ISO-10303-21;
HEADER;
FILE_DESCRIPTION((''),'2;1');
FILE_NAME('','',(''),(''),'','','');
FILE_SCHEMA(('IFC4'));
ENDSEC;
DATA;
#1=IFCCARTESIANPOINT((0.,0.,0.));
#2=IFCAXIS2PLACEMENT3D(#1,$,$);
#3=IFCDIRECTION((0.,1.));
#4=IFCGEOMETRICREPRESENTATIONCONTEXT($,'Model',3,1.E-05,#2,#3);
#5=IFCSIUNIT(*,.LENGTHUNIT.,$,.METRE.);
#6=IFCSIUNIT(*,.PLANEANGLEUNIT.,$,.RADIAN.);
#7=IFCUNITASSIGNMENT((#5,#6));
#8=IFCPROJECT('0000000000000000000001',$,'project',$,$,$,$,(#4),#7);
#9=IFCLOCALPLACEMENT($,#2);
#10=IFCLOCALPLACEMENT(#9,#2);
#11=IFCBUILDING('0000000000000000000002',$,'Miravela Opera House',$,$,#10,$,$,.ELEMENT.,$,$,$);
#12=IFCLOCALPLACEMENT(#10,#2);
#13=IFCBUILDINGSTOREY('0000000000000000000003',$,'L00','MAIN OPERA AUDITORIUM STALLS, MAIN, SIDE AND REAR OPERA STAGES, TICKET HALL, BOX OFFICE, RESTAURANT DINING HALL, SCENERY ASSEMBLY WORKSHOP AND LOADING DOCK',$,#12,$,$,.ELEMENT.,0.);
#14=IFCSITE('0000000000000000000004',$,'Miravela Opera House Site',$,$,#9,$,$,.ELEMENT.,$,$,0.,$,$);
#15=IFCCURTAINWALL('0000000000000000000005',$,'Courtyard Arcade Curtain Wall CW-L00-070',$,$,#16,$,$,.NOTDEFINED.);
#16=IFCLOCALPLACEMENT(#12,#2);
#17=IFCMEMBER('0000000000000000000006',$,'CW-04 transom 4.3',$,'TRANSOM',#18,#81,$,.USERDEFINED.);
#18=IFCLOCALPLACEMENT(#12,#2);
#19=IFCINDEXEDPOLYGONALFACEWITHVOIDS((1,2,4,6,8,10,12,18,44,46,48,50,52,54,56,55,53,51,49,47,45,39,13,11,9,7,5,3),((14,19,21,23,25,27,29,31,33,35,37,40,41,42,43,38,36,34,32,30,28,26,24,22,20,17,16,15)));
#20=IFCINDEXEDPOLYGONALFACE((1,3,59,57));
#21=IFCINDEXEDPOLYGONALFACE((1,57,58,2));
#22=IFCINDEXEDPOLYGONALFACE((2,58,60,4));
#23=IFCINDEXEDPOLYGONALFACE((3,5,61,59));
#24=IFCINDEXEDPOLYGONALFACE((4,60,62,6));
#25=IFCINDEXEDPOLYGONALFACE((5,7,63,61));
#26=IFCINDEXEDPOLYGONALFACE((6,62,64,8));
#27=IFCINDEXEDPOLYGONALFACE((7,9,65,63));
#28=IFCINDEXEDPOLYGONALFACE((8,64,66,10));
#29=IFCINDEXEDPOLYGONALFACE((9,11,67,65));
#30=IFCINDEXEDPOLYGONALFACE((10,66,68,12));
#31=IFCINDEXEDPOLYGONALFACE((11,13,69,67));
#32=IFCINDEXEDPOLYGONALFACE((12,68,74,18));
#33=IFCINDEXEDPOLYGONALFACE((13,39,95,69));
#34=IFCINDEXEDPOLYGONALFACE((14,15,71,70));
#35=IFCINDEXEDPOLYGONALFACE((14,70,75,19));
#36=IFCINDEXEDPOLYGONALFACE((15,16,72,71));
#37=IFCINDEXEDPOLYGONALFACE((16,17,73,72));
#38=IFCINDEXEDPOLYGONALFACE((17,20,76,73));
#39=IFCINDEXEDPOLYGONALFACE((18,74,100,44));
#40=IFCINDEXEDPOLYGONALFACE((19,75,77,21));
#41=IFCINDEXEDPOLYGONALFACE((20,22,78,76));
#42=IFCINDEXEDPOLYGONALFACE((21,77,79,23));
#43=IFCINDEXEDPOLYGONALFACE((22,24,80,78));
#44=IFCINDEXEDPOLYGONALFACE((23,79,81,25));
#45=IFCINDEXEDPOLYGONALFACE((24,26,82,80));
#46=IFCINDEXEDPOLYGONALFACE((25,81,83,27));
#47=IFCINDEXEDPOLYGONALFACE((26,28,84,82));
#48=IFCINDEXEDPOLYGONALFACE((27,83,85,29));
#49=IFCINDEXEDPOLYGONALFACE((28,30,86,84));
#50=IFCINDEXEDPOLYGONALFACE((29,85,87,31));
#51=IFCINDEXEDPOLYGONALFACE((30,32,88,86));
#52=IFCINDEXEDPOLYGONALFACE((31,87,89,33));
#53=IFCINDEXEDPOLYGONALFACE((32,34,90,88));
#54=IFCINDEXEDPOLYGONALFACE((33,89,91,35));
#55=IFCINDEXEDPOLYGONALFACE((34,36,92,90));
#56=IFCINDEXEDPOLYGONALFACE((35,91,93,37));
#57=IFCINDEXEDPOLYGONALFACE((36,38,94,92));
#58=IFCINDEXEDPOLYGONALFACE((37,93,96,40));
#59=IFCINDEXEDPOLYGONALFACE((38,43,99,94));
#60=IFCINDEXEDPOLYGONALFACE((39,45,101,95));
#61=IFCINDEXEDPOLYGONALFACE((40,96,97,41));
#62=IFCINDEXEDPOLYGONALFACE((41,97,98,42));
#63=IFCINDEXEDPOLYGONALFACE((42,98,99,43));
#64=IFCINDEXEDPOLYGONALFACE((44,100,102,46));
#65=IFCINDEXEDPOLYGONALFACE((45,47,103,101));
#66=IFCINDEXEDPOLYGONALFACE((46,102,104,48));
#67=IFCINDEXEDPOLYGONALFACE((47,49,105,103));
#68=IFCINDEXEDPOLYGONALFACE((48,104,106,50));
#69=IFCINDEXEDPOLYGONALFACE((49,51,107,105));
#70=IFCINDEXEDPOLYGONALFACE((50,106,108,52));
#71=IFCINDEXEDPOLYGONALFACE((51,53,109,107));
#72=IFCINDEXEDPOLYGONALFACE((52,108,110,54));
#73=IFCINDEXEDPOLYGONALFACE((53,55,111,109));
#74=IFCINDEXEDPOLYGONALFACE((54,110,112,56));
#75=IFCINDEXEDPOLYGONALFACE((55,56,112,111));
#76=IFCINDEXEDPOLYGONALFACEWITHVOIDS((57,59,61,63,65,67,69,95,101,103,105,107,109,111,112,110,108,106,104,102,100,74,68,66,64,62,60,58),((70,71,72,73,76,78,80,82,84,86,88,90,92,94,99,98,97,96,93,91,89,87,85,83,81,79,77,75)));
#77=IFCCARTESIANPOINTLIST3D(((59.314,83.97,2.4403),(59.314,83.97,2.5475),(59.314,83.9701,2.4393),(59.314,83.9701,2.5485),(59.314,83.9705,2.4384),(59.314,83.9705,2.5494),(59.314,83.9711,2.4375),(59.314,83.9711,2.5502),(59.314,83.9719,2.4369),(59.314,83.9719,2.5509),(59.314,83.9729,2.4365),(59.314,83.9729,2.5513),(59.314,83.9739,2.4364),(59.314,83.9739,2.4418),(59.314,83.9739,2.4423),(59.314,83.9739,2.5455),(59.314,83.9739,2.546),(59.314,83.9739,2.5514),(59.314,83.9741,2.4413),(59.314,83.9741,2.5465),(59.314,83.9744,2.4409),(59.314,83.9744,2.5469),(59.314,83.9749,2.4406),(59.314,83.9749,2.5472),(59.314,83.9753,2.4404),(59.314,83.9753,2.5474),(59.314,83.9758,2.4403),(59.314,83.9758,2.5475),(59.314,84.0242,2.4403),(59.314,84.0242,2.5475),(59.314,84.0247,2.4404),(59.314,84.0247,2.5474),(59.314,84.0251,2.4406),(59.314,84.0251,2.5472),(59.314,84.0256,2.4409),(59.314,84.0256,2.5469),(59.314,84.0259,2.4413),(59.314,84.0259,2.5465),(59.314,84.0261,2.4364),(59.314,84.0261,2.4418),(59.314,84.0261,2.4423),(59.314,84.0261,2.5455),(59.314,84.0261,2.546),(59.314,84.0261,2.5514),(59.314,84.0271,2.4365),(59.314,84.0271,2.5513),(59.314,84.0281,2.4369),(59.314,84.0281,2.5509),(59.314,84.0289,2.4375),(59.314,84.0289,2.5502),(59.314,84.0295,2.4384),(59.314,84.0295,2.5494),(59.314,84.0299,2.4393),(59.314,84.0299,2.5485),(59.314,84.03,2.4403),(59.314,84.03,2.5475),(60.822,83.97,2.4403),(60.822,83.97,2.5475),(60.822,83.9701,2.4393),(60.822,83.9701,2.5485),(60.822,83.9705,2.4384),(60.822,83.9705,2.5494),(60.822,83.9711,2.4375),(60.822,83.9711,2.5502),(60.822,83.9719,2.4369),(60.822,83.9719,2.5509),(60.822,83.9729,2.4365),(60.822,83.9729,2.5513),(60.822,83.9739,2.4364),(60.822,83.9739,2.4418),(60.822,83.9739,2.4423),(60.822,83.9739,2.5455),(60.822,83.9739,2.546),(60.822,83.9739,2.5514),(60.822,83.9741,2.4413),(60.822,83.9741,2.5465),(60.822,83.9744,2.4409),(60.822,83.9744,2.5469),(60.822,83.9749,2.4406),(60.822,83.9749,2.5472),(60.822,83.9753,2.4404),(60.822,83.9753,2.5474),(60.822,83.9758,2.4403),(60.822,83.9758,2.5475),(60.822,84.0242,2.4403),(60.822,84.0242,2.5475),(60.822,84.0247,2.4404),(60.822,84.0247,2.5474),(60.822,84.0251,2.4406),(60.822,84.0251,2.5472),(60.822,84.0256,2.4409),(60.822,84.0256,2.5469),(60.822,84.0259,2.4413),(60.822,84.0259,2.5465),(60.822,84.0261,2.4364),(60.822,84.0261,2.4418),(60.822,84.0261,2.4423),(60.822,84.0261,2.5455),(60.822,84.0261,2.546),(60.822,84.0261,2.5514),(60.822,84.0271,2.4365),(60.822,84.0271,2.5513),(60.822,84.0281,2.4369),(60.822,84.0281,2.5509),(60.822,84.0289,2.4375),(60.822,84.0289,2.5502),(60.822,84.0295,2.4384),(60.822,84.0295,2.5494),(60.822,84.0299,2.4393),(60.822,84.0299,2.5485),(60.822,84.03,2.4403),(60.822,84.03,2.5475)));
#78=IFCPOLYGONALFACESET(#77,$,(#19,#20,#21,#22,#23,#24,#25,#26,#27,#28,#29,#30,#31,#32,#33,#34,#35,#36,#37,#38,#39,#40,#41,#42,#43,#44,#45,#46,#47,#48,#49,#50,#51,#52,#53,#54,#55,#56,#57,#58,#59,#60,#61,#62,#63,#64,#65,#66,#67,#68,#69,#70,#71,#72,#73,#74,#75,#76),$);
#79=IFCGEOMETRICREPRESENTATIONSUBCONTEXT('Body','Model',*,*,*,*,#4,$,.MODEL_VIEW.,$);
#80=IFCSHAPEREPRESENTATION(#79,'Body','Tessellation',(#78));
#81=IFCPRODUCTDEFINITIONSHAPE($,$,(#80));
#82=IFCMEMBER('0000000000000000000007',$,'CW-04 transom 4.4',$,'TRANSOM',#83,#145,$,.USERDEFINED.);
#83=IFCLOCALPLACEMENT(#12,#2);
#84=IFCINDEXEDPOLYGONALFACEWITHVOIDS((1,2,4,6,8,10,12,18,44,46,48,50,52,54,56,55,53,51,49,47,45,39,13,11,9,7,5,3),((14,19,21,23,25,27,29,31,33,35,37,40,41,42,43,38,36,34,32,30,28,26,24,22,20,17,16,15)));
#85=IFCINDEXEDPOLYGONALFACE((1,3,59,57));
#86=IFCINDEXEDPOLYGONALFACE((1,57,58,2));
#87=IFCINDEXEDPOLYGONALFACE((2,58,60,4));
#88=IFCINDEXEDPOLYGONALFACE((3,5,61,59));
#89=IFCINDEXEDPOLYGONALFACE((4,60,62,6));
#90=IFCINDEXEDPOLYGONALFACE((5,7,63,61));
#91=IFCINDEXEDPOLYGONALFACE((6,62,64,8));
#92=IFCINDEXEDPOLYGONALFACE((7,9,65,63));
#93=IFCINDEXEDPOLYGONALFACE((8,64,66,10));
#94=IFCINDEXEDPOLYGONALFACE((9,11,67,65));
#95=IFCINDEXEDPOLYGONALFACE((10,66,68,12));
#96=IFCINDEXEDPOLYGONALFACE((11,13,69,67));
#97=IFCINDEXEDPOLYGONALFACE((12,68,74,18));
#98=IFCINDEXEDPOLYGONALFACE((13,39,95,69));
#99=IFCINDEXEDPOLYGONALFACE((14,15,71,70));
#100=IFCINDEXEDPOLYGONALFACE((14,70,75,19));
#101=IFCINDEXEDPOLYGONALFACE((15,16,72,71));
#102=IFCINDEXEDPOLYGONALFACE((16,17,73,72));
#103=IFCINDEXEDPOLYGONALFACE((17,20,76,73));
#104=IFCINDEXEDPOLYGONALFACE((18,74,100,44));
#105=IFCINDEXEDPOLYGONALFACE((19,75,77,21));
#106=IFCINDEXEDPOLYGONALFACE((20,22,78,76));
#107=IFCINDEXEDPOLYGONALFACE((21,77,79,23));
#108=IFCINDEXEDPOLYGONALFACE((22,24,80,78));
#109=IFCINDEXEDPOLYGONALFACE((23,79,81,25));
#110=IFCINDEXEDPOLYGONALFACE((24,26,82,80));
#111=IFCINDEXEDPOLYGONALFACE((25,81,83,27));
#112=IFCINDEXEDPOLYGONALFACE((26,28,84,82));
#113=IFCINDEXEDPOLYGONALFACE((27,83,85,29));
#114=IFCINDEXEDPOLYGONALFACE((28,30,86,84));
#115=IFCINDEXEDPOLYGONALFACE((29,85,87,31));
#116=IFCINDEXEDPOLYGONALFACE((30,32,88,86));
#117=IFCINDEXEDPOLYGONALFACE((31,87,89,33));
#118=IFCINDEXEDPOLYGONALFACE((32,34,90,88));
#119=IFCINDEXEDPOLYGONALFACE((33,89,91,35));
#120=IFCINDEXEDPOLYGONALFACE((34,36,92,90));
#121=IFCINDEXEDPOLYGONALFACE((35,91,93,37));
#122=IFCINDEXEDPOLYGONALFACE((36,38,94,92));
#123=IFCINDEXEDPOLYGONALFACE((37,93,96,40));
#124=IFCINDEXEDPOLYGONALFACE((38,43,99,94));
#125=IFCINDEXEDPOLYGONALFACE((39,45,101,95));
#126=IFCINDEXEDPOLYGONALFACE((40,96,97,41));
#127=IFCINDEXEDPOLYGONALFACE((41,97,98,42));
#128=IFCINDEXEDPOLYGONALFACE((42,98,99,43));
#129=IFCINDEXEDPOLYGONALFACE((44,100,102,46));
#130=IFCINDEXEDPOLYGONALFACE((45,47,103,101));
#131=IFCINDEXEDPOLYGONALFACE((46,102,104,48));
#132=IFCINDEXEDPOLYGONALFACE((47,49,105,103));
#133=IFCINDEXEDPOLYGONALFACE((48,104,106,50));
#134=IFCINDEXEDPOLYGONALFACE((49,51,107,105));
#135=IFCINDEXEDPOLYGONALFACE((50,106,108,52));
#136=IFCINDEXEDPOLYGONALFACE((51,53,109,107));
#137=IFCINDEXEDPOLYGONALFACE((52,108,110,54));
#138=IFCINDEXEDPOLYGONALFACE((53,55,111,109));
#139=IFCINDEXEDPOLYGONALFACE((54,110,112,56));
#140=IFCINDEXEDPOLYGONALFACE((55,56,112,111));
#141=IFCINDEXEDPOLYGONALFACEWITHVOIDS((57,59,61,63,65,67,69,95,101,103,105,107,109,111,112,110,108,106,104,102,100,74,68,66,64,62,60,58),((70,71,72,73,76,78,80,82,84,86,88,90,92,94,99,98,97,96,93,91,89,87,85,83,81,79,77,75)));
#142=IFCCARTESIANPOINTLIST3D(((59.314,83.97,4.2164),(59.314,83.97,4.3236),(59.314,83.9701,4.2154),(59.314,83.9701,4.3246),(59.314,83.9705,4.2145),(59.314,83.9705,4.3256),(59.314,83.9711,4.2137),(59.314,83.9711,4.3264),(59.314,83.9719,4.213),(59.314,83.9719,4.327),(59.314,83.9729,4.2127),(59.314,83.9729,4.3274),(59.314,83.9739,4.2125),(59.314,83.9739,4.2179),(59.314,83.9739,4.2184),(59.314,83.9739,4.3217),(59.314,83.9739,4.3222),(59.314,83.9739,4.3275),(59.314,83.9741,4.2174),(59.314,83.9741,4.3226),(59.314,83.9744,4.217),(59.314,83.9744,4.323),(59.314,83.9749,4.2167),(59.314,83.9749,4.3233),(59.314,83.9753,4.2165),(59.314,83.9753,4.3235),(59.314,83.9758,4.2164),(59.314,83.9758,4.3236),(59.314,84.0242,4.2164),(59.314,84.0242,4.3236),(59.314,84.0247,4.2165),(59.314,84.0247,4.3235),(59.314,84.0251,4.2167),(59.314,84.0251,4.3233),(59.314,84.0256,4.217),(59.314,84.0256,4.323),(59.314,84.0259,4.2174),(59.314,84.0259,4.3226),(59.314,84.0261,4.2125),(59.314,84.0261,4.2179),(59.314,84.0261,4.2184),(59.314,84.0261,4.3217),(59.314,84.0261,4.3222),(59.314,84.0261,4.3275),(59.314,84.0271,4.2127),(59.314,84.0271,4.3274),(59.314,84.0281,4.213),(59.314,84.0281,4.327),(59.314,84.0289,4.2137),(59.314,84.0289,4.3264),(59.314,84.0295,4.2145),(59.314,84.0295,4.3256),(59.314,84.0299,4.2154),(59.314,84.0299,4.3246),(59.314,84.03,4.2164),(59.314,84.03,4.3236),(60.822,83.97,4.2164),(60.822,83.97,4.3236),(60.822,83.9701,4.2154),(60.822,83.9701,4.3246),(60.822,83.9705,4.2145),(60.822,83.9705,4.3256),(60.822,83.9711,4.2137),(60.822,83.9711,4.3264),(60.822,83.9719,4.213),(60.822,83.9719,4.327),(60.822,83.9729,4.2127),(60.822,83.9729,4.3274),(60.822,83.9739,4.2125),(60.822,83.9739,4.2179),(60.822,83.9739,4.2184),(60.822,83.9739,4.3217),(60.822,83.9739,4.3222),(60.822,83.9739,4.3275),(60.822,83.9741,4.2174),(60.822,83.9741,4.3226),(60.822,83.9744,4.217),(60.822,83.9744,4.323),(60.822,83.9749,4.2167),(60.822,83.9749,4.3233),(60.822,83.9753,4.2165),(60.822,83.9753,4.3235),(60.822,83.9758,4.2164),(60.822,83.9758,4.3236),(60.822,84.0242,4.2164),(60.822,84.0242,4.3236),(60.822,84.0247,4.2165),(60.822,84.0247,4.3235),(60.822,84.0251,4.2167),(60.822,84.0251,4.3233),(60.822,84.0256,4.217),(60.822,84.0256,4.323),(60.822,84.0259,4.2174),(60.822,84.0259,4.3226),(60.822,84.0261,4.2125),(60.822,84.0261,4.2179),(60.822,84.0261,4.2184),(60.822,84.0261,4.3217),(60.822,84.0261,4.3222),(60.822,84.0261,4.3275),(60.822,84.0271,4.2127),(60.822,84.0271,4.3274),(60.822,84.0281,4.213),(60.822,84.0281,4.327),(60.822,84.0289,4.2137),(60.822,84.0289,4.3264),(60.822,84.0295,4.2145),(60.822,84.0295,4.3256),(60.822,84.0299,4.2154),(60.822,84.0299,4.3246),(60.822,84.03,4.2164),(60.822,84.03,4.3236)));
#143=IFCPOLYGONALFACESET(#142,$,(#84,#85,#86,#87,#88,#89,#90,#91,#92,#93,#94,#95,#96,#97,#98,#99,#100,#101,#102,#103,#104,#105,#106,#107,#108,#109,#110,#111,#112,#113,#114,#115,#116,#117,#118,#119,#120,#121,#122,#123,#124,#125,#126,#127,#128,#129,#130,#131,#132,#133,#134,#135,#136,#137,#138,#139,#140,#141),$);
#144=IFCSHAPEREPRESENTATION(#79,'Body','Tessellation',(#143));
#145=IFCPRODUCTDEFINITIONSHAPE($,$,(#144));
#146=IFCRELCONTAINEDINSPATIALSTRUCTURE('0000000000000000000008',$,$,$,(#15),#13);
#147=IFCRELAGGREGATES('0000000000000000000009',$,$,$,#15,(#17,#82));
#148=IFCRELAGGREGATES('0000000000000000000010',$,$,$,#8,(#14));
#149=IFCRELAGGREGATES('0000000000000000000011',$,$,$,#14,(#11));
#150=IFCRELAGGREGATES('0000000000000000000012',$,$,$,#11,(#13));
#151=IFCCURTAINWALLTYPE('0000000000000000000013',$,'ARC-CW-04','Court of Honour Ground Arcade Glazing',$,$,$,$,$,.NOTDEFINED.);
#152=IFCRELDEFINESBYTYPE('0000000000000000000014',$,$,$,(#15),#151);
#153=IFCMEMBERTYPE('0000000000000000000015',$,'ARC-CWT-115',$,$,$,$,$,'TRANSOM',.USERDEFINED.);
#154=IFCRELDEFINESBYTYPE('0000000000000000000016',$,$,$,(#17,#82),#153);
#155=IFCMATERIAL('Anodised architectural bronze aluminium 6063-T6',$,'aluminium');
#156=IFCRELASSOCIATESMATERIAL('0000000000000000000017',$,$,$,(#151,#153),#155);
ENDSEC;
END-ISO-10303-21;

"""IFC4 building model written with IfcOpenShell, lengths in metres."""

from ifc_helpers import new_model, si_unit, direction, frame, origin, origin_2d, place, context, subcontext, project, spatial, hollow_rectangle, extrude, material, material_profile, profile_set, type_object, element, aggregate, save


model = new_model("IFC4")

# Units and contexts
model_context = context("Model", 3, precision=1e-05, world=origin(), true_north=direction((0.0, 1.0)))
body_context = subcontext(model_context, "Body", "Model", "MODEL_VIEW")
ifc_project = project(units=[si_unit("LENGTHUNIT", "METRE"), si_unit("PLANEANGLEUNIT", "RADIAN")], contexts=[model_context])

# Site, building, storey
site_placement = place(None, origin())
site = spatial("IfcSite", under=ifc_project, at=site_placement, Name="Miravela Opera House Site", CompositionType="ELEMENT", RefElevation=0.0)
building_placement = place(site_placement, origin())
building = spatial("IfcBuilding", under=site, at=building_placement, Name="Miravela Opera House", CompositionType="ELEMENT")
storey_placement = place(building_placement, origin())
storey = spatial("IfcBuildingStorey", under=building, at=storey_placement, Name="L00", Description="MAIN OPERA AUDITORIUM STALLS, MAIN, SIDE AND REAR OPERA STAGES, TICKET HALL, BOX OFFICE, RESTAURANT DINING HALL, SCENERY ASSEMBLY WORKSHOP AND LOADING DOCK", CompositionType="ELEMENT", Elevation=0.0)

# Curtain wall
ifc_material_1 = material(Name="Anodised architectural bronze aluminium 6063-T6", Category="aluminium")
curtain_wall_type = type_object("IfcCurtainWallType", Name="ARC-CW-04", Description="Court of Honour Ground Arcade Glazing", PredefinedType="NOTDEFINED", material=ifc_material_1)
curtain_wall_1_placement = place(storey_placement, origin())
curtain_wall_1 = element("IfcCurtainWall", 1, at=curtain_wall_1_placement, inside=storey, type_object=curtain_wall_type, Name="Courtyard Arcade Curtain Wall CW-L00-070", PredefinedType="NOTDEFINED")

# Members
ifc_material_profile_1 = material_profile(ifc_material_1, hollow_rectangle(XDim=0.0601, YDim=0.115, WallThickness=0.0039, InnerFilletRadius=0.002, OuterFilletRadius=0.0039, at=origin_2d()), Name="CWT-60X115")
ifc_profile_set_1 = profile_set([ifc_material_profile_1])
member_type_1 = type_object("IfcMemberType", Name="ARC-CWT-115", ElementType="TRANSOM", PredefinedType="USERDEFINED", material=ifc_profile_set_1)
member_1_placement = place(storey_placement, frame((59.314, 84.0, 2.4939), z_axis=(1.0, 0.0, 0.0), x_axis=(0.0, 1.0, 0.0)))
member_1 = element("IfcMember", 2, at=member_1_placement, type_object=member_type_1, Name="CW-04 transom 4.3", ObjectType="TRANSOM", PredefinedType="USERDEFINED", context=body_context, shape_type="SweptSolid", body=[
    extrude(hollow_rectangle(XDim=0.0601, YDim=0.115, WallThickness=0.0039, InnerFilletRadius=0.002, OuterFilletRadius=0.0039, at=origin_2d()), origin(), (0.0, 0.0, 1.0), 1.5081),
])
member_2_placement = place(storey_placement, frame((59.314, 84.0, 4.27), z_axis=(1.0, 0.0, 0.0), x_axis=(0.0, 1.0, 0.0)))
member_2 = element("IfcMember", 3, at=member_2_placement, type_object=member_type_1, Name="CW-04 transom 4.4", ObjectType="TRANSOM", PredefinedType="USERDEFINED", context=body_context, shape_type="SweptSolid", body=[
    extrude(hollow_rectangle(XDim=0.0601, YDim=0.115, WallThickness=0.0039, InnerFilletRadius=0.002, OuterFilletRadius=0.0039, at=origin_2d()), origin(), (0.0, 0.0, 1.0), 1.5081),
])

aggregate(curtain_wall_1, [member_1, member_2])

save(model, "model.ifc")
